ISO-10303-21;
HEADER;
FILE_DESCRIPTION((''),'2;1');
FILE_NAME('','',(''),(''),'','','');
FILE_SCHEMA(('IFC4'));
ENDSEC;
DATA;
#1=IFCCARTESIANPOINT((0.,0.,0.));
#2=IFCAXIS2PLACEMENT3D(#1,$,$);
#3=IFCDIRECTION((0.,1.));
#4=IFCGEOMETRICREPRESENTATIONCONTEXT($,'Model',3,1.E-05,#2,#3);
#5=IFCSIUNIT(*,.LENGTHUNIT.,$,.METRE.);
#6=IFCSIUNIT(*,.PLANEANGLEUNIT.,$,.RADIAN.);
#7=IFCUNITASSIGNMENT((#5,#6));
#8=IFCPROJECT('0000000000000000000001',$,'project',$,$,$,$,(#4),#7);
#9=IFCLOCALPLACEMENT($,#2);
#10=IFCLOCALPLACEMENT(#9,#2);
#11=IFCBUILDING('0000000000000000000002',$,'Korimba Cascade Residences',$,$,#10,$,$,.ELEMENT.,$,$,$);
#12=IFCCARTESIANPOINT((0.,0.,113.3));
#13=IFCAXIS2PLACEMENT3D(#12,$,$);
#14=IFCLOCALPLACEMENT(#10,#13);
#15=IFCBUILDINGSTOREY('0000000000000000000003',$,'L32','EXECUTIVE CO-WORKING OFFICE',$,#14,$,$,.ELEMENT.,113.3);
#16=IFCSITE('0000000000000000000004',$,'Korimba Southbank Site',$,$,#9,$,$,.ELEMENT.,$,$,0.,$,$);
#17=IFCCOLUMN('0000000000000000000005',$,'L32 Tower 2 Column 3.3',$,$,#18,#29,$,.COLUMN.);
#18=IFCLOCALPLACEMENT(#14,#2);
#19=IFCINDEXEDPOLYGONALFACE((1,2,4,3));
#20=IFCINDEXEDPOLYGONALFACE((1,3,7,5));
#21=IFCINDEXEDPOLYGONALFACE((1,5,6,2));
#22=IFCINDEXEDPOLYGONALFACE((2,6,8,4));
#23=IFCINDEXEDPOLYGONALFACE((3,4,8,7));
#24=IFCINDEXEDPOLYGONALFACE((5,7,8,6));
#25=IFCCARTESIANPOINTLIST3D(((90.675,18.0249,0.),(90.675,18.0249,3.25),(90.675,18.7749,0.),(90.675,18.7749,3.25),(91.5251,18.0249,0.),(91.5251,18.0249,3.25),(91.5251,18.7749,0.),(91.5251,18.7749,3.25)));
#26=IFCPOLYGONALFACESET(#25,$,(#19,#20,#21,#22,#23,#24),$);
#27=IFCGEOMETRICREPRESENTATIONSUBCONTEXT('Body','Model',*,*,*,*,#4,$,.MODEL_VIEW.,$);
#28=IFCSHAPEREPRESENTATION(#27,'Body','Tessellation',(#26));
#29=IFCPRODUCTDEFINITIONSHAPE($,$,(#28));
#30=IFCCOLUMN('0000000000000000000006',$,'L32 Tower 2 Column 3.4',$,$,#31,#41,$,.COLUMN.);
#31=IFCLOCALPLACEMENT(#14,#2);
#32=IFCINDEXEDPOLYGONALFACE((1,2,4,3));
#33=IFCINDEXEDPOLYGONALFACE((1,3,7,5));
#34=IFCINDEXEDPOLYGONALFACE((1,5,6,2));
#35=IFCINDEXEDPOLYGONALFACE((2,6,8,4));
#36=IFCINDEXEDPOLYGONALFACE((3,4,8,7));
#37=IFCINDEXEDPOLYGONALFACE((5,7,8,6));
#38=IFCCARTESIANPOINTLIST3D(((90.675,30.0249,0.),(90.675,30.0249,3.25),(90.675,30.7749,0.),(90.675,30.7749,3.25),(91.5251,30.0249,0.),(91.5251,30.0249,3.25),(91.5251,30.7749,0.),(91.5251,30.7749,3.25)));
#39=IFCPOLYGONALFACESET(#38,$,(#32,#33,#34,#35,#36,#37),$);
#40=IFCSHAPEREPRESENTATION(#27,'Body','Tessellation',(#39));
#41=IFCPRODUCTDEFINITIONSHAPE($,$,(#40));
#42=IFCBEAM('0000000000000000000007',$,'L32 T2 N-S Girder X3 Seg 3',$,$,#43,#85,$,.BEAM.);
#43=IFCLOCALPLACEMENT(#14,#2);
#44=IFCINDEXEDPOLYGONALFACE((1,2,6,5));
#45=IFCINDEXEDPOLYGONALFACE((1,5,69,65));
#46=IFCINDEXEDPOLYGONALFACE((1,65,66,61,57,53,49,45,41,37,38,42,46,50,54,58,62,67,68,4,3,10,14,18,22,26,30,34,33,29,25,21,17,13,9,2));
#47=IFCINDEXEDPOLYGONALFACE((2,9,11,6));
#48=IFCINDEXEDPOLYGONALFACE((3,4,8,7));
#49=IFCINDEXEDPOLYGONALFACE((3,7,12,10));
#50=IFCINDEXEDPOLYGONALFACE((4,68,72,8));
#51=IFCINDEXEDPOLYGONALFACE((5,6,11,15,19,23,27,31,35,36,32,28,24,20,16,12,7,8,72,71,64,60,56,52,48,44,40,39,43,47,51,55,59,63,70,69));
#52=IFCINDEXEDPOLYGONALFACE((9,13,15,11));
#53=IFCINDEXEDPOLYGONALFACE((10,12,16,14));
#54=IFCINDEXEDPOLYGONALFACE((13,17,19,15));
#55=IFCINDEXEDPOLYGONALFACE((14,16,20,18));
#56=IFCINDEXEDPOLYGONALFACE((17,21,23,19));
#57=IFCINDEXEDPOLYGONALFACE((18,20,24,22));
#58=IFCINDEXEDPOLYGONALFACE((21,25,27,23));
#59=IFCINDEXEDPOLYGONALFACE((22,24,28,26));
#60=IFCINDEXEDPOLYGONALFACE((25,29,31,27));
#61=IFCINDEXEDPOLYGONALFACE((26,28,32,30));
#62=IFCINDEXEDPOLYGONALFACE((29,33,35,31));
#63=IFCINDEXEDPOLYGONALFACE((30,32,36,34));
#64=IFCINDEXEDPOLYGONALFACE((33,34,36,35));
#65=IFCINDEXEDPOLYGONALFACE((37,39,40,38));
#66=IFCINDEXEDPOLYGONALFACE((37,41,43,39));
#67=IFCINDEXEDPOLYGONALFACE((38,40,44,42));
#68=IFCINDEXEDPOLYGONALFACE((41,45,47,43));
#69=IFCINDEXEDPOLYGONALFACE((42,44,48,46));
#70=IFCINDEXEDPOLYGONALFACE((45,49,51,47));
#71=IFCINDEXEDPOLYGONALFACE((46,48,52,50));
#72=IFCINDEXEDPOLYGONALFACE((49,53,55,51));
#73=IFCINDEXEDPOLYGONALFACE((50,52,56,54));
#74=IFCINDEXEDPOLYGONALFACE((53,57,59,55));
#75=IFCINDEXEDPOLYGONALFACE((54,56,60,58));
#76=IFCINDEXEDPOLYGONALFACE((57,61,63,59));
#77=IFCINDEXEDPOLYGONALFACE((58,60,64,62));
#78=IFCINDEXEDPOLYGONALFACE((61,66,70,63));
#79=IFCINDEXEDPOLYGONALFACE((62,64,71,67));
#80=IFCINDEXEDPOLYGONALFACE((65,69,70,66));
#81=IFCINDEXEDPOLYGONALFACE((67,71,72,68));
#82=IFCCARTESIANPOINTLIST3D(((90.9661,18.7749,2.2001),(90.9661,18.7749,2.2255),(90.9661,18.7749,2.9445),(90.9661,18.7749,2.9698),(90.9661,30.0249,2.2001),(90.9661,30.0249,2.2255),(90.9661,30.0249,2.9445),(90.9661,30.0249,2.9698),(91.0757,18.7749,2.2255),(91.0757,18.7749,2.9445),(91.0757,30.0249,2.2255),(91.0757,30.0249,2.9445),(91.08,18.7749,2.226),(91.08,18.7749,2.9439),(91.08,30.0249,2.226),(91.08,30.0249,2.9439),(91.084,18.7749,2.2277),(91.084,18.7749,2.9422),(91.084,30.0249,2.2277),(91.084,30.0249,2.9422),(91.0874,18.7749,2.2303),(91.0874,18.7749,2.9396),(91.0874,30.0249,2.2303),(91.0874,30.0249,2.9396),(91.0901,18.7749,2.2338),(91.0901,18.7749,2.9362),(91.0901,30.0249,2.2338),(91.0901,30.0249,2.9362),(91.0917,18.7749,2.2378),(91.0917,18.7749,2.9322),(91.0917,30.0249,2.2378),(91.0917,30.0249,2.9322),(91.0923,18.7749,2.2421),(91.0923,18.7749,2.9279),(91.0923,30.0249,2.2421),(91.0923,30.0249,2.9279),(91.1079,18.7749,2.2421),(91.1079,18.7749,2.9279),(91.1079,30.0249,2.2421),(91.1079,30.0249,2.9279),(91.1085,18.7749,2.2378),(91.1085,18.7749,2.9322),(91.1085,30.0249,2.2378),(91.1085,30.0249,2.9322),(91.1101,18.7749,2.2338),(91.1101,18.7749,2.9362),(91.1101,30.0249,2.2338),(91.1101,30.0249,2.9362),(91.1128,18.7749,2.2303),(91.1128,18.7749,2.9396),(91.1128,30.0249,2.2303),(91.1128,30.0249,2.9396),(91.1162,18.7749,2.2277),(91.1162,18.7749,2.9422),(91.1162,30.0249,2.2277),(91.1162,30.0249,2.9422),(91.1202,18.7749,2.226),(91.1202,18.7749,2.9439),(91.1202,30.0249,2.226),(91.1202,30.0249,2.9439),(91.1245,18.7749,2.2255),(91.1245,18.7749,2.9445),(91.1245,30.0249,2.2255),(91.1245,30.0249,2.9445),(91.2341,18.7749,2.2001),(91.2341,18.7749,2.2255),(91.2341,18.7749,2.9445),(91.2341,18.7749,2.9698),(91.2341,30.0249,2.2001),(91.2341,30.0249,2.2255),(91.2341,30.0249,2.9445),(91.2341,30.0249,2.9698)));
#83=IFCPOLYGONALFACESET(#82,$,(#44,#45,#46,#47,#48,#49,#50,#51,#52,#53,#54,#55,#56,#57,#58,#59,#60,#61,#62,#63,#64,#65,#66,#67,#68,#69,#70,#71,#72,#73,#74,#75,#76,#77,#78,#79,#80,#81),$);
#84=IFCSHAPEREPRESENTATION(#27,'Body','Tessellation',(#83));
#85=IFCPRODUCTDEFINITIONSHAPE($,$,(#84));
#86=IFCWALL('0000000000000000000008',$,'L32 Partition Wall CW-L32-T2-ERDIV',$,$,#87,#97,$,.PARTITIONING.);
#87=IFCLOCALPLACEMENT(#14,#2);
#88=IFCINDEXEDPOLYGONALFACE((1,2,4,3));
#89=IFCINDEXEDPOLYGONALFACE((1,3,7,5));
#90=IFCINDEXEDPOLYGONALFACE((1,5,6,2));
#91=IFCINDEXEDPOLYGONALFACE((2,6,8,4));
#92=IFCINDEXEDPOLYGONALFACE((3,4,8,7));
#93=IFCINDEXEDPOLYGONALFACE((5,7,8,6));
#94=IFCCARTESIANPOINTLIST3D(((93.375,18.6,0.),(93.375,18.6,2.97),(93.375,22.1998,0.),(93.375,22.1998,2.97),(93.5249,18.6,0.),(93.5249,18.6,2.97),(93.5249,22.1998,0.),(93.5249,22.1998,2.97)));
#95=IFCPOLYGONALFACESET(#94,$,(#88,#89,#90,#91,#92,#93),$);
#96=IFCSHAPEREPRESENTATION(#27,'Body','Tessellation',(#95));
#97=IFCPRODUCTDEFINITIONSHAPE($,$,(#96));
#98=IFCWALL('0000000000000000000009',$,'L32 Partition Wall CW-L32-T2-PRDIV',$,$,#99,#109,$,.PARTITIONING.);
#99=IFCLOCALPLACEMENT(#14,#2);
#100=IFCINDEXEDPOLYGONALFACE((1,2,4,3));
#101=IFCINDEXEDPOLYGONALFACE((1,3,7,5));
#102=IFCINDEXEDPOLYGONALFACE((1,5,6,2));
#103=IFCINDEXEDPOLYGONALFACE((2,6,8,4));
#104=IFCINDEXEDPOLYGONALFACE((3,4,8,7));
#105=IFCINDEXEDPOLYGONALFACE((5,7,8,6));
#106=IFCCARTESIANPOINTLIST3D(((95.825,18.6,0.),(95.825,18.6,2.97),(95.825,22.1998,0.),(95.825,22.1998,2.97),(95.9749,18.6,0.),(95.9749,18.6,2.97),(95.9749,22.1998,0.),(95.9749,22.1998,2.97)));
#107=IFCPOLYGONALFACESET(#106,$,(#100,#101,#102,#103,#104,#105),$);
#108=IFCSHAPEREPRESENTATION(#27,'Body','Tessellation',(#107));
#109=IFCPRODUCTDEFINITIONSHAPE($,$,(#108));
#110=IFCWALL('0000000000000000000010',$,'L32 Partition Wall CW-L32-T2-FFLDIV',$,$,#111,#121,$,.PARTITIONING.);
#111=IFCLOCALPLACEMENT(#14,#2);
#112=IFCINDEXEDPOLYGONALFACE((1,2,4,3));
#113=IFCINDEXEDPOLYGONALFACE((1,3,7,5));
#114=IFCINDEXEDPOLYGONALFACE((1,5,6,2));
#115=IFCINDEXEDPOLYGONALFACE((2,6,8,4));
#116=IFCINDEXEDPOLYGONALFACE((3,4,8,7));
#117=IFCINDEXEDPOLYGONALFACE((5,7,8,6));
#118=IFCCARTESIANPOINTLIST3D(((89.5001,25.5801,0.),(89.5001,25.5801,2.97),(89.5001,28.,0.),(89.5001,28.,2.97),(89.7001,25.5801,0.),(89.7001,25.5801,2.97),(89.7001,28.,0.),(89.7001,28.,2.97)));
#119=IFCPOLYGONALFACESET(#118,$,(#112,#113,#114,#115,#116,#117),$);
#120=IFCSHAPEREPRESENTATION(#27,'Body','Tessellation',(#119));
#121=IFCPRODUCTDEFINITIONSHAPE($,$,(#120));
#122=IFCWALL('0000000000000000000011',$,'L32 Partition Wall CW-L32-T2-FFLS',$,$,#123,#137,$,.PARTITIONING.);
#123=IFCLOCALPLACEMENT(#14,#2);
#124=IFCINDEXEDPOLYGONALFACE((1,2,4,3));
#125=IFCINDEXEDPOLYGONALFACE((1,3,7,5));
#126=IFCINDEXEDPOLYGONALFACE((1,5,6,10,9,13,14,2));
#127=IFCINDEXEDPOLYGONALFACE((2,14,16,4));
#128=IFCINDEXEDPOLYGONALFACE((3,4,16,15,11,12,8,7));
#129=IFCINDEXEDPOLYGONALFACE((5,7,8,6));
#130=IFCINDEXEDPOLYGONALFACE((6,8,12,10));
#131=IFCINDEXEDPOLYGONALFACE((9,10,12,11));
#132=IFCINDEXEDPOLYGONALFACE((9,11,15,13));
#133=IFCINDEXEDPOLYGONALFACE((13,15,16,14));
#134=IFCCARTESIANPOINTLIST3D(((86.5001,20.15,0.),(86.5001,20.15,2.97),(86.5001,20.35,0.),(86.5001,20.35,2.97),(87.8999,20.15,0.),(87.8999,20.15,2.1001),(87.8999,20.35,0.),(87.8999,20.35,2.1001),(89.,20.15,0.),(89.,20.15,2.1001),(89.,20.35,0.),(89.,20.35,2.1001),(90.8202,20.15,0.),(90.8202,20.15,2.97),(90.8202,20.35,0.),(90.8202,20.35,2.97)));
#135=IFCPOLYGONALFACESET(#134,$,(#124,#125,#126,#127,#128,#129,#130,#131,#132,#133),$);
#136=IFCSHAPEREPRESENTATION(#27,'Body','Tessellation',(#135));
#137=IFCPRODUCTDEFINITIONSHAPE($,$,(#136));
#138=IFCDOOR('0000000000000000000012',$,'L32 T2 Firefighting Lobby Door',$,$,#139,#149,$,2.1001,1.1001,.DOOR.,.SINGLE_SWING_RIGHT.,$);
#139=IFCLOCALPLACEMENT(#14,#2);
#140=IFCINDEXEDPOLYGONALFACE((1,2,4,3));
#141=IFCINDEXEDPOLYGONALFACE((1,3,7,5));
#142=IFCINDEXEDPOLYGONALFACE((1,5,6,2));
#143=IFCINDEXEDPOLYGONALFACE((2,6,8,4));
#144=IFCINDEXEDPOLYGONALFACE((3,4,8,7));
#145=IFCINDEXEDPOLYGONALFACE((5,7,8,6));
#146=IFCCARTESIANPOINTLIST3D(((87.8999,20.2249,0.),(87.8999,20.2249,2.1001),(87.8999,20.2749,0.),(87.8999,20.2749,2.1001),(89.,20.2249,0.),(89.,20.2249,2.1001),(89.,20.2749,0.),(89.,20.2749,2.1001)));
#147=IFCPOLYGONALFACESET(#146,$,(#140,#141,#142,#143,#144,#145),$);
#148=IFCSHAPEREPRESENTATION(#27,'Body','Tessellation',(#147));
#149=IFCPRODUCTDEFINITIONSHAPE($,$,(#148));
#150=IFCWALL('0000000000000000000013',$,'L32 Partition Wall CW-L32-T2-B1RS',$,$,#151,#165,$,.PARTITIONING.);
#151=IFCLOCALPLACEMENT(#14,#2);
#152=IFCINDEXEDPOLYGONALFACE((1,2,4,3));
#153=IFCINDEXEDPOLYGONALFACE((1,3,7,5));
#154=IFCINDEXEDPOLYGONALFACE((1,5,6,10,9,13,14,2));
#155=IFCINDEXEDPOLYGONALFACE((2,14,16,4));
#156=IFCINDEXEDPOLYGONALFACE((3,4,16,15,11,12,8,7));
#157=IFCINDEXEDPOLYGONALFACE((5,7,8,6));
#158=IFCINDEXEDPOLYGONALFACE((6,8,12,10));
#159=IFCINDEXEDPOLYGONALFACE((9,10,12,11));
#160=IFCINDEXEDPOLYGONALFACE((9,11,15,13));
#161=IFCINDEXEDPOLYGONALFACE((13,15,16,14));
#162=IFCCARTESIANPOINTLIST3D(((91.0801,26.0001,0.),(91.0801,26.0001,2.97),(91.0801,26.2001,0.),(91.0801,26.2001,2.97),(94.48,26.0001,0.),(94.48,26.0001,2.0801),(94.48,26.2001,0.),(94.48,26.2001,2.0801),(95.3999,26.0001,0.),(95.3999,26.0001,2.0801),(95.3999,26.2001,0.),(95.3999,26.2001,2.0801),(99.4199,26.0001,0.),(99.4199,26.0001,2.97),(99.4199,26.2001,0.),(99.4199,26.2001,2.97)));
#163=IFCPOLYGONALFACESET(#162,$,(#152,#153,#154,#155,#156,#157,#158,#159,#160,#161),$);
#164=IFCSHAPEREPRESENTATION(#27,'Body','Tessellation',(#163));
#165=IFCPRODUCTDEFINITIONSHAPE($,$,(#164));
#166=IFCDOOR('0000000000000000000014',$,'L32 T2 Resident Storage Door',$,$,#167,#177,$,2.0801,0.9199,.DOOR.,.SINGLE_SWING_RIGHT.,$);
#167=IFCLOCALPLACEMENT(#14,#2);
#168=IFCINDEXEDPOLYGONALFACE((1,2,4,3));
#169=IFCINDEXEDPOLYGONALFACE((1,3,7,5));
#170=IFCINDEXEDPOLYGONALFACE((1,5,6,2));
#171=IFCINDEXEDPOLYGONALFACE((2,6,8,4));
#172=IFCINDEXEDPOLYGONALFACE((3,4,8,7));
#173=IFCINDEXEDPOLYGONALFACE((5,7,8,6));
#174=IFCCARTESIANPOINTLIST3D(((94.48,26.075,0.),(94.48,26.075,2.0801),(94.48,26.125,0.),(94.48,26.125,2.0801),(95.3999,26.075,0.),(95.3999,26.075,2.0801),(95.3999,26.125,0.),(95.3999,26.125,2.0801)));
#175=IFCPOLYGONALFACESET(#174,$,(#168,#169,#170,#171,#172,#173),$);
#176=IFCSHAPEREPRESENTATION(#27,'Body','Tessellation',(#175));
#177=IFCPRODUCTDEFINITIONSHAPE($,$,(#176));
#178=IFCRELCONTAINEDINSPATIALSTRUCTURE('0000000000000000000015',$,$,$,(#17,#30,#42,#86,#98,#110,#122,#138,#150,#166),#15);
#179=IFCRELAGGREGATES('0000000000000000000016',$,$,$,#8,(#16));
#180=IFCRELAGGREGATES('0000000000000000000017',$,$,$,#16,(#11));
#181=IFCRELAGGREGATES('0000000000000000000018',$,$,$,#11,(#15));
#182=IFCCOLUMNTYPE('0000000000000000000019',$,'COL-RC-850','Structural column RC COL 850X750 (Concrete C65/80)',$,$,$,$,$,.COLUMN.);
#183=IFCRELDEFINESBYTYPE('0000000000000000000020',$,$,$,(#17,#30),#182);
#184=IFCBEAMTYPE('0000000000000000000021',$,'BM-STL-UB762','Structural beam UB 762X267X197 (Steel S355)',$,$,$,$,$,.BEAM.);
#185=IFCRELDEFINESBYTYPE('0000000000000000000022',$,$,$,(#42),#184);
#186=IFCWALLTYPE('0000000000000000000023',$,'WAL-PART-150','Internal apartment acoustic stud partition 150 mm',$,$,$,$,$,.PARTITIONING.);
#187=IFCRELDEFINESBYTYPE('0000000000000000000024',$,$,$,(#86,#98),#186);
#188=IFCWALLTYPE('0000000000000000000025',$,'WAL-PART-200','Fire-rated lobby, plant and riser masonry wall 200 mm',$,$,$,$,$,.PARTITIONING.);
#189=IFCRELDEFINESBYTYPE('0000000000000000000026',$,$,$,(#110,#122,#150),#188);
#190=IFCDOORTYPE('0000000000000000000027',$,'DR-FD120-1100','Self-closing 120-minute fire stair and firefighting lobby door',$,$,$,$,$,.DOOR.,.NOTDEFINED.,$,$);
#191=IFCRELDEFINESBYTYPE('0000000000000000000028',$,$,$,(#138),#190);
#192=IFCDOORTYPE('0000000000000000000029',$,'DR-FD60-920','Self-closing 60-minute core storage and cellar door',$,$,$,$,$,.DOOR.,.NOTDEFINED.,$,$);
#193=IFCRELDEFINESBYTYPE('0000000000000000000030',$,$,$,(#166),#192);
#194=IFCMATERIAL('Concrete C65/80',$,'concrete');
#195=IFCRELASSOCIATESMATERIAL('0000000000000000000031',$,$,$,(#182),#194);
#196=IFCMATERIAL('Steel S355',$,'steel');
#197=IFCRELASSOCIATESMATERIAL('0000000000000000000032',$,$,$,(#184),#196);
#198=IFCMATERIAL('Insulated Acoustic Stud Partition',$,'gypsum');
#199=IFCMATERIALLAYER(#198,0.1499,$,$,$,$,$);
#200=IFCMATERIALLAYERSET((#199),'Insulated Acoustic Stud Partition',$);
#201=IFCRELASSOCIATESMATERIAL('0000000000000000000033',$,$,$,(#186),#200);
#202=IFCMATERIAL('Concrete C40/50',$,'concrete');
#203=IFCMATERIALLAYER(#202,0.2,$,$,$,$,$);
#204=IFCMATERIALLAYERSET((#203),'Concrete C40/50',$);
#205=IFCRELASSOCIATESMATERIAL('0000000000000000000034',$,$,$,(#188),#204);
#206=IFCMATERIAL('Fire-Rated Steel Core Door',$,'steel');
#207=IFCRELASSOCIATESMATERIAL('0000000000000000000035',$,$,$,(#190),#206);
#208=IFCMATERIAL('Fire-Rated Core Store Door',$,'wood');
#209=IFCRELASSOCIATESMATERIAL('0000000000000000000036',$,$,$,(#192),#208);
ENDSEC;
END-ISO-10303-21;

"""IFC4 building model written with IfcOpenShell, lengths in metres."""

from ifc_helpers import new_model, si_unit, direction, frame, frame_2d, origin, origin_2d, place, context, subcontext, project, spatial, rectangle, i_section, extrude, material, layer, layer_set, material_profile, profile_set, type_object, element, fill, save


model = new_model("IFC4")

# Units and contexts
model_context = context("Model", 3, precision=1e-05, world=origin(), true_north=direction((0.0, 1.0)))
body_context = subcontext(model_context, "Body", "Model", "MODEL_VIEW")
ifc_project = project(units=[si_unit("LENGTHUNIT", "METRE"), si_unit("PLANEANGLEUNIT", "RADIAN")], contexts=[model_context])

# Site, building, storey
site_placement = place(None, origin())
site = spatial("IfcSite", under=ifc_project, at=site_placement, Name="Korimba Southbank Site", CompositionType="ELEMENT", RefElevation=0.0)
building_placement = place(site_placement, origin())
building = spatial("IfcBuilding", under=site, at=building_placement, Name="Korimba Cascade Residences", CompositionType="ELEMENT")
storey_placement = place(building_placement, frame((0.0, 0.0, 113.3)))
storey = spatial("IfcBuildingStorey", under=building, at=storey_placement, Name="L32", Description="EXECUTIVE CO-WORKING OFFICE", CompositionType="ELEMENT", Elevation=113.3)

# Columns
ifc_material_1 = material(Name="Concrete C65/80", Category="concrete")
ifc_material_profile_1 = material_profile(ifc_material_1, rectangle(XDim=0.8501, YDim=0.75, at=origin_2d()), Name="Concrete C65/80")
ifc_profile_set_1 = profile_set([ifc_material_profile_1], Name="Concrete C65/80")
column_type = type_object("IfcColumnType", Name="COL-RC-850", Description="Structural column RC COL 850X750 (Concrete C65/80)", PredefinedType="COLUMN", material=ifc_profile_set_1)
for number, where, z_axis, x_axis, name in (
    (1, (91.1001, 18.3999, 0.0), (0.0, 0.0, 1.0), (1.0, 0.0, 0.0), "L32 Tower 2 Column 3.3"),
    (2, (91.1001, 30.3999, 0.0), (0.0, 0.0, 1.0), (1.0, 0.0, 0.0), "L32 Tower 2 Column 3.4"),
):
    element("IfcColumn", number, at=place(storey_placement, frame(where, z_axis=z_axis, x_axis=x_axis)), inside=storey, type_object=column_type, Name=name, PredefinedType="COLUMN", context=body_context, shape_type="SweptSolid", body=[
        extrude(rectangle(XDim=0.8501, YDim=0.75, at=origin_2d()), origin(), (0.0, 0.0, 1.0), 3.25),
    ])

# Beam
ifc_material_2 = material(Name="Steel S355", Category="steel")
ifc_material_profile_2 = material_profile(ifc_material_2, i_section(OverallWidth=0.2681, OverallDepth=0.7698, WebThickness=0.0156, FlangeThickness=0.0254, FilletRadius=0.0166, at=origin_2d()), Name="Steel S355")
ifc_profile_set_2 = profile_set([ifc_material_profile_2], Name="Steel S355")
beam_type = type_object("IfcBeamType", Name="BM-STL-UB762", Description="Structural beam UB 762X267X197 (Steel S355)", PredefinedType="BEAM", material=ifc_profile_set_2)
beam_placement = place(storey_placement, frame((91.1001, 18.7749, 2.585), z_axis=(0.0, 1.0, 0.0), x_axis=(-1.0, 0.0, 0.0)))
element("IfcBeam", 3, at=beam_placement, inside=storey, type_object=beam_type, Name="L32 T2 N-S Girder X3 Seg 3", PredefinedType="BEAM", context=body_context, shape_type="SweptSolid", body=[
    extrude(i_section(OverallWidth=0.2681, OverallDepth=0.7698, WebThickness=0.0156, FlangeThickness=0.0254, FilletRadius=0.0166, at=origin_2d()), origin(), (0.0, 0.0, 1.0), 11.25),
])

# Walls
ifc_material_3 = material(Name="Insulated Acoustic Stud Partition", Category="gypsum")
ifc_layer_1 = layer(ifc_material_3, 0.1499)
ifc_layer_set_1 = layer_set([ifc_layer_1], Name="Insulated Acoustic Stud Partition")
wall_type_1 = type_object("IfcWallType", Name="WAL-PART-150", Description="Internal apartment acoustic stud partition 150 mm", PredefinedType="PARTITIONING", material=ifc_layer_set_1)
for number, where, z_axis, x_axis, name in (
    (4, (93.45, 18.6001, 0.0), (0.0, 0.0, 1.0), (0.0, 1.0, 0.0), "L32 Partition Wall CW-L32-T2-ERDIV"),
    (5, (95.8999, 18.6001, 0.0), (0.0, 0.0, 1.0), (0.0, 1.0, 0.0), "L32 Partition Wall CW-L32-T2-PRDIV"),
):
    element("IfcWall", number, at=place(storey_placement, frame(where, z_axis=z_axis, x_axis=x_axis)), inside=storey, type_object=wall_type_1, Name=name, PredefinedType="PARTITIONING", context=body_context, shape_type="SweptSolid", body=[
        extrude(rectangle(XDim=3.5999, YDim=0.1499, at=frame_2d((1.7998, 0.0))), origin(), (0.0, 0.0, 1.0), 2.97),
    ])
ifc_material_4 = material(Name="Concrete C40/50", Category="concrete")
ifc_layer_2 = layer(ifc_material_4, 0.2)
ifc_layer_set_2 = layer_set([ifc_layer_2], Name="Concrete C40/50")
wall_type_2 = type_object("IfcWallType", Name="WAL-PART-200", Description="Fire-rated lobby, plant and riser masonry wall 200 mm", PredefinedType="PARTITIONING", material=ifc_layer_set_2)
wall_1_placement = place(storey_placement, frame((89.6001, 25.5801, 0.0), z_axis=(0.0, 0.0, 1.0), x_axis=(0.0, 1.0, 0.0)))
element("IfcWall", 6, at=wall_1_placement, inside=storey, type_object=wall_type_2, Name="L32 Partition Wall CW-L32-T2-FFLDIV", PredefinedType="PARTITIONING", context=body_context, shape_type="SweptSolid", body=[
    extrude(rectangle(XDim=2.4199, YDim=0.2, at=frame_2d((1.21, 0.0))), origin(), (0.0, 0.0, 1.0), 2.97),
])

# Walls, openings, doors
wall_2_placement = place(storey_placement, frame((86.5, 20.25, 0.0), z_axis=(0.0, 0.0, 1.0), x_axis=(1.0, 0.0, 0.0)))
wall_2 = element("IfcWall", 7, at=wall_2_placement, inside=storey, type_object=wall_type_2, Name="L32 Partition Wall CW-L32-T2-FFLS", PredefinedType="PARTITIONING", context=body_context, shape_type="SweptSolid", body=[
    extrude(rectangle(XDim=4.3201, YDim=0.2, at=frame_2d((2.1602, 0.0))), origin(), (0.0, 0.0, 1.0), 2.97),
])
opening_1_placement = place(wall_2_placement, frame((1.3999, 0.0, 0.0)))
opening_1 = element("IfcOpeningElement", 8, at=opening_1_placement, cuts=wall_2, PredefinedType="OPENING", context=body_context, shape_type="SweptSolid", body=[
    extrude(rectangle(XDim=1.1001, YDim=2.1001, at=frame_2d((0.55, 1.05))), frame((0.0, 0.1099, 0.0), z_axis=(0.0, -1.0, 0.0), x_axis=(1.0, 0.0, 0.0)), (0.0, 0.0, 1.0), 0.22),
])
ifc_material_5 = material(Name="Fire-Rated Steel Core Door", Category="steel")
door_type_1 = type_object("IfcDoorType", Name="DR-FD120-1100", Description="Self-closing 120-minute fire stair and firefighting lobby door", OperationType="NOTDEFINED", PredefinedType="DOOR", material=ifc_material_5)
door_1_placement = place(opening_1_placement, origin())
door_1 = element("IfcDoor", 9, at=door_1_placement, inside=storey, type_object=door_type_1, Name="L32 T2 Firefighting Lobby Door", OperationType="SINGLE_SWING_RIGHT", OverallHeight=2.1001, OverallWidth=1.1001, PredefinedType="DOOR", context=body_context, shape_type="SweptSolid", body=[
    extrude(rectangle(XDim=1.1001, YDim=2.1001, at=frame_2d((0.55, 1.05))), frame((0.0, 0.0249, 0.0), z_axis=(0.0, -1.0, 0.0), x_axis=(1.0, 0.0, 0.0)), (0.0, 0.0, 1.0), 0.05),
])
fill(opening_1, door_1)
wall_3_placement = place(storey_placement, frame((91.0801, 26.1001, 0.0), z_axis=(0.0, 0.0, 1.0), x_axis=(1.0, 0.0, 0.0)))
wall_3 = element("IfcWall", 10, at=wall_3_placement, inside=storey, type_object=wall_type_2, Name="L32 Partition Wall CW-L32-T2-B1RS", PredefinedType="PARTITIONING", context=body_context, shape_type="SweptSolid", body=[
    extrude(rectangle(XDim=8.3398, YDim=0.2, at=frame_2d((4.1699, 0.0))), origin(), (0.0, 0.0, 1.0), 2.97),
])
opening_2_placement = place(wall_3_placement, frame((3.3999, 0.0, 0.0)))
opening_2 = element("IfcOpeningElement", 11, at=opening_2_placement, cuts=wall_3, PredefinedType="OPENING", context=body_context, shape_type="SweptSolid", body=[
    extrude(rectangle(XDim=0.9199, YDim=2.0801, at=frame_2d((0.46, 1.04))), frame((0.0, 0.1099, 0.0), z_axis=(0.0, -1.0, 0.0), x_axis=(1.0, 0.0, 0.0)), (0.0, 0.0, 1.0), 0.22),
])
ifc_material_6 = material(Name="Fire-Rated Core Store Door", Category="wood")
door_type_2 = type_object("IfcDoorType", Name="DR-FD60-920", Description="Self-closing 60-minute core storage and cellar door", OperationType="NOTDEFINED", PredefinedType="DOOR", material=ifc_material_6)
door_2_placement = place(opening_2_placement, origin())
door_2 = element("IfcDoor", 12, at=door_2_placement, inside=storey, type_object=door_type_2, Name="L32 T2 Resident Storage Door", OperationType="SINGLE_SWING_RIGHT", OverallHeight=2.0801, OverallWidth=0.9199, PredefinedType="DOOR", context=body_context, shape_type="SweptSolid", body=[
    extrude(rectangle(XDim=0.9199, YDim=2.0801, at=frame_2d((0.46, 1.04))), frame((0.0, 0.0249, 0.0), z_axis=(0.0, -1.0, 0.0), x_axis=(1.0, 0.0, 0.0)), (0.0, 0.0, 1.0), 0.05),
])
fill(opening_2, door_2)

save(model, "model.ifc")
